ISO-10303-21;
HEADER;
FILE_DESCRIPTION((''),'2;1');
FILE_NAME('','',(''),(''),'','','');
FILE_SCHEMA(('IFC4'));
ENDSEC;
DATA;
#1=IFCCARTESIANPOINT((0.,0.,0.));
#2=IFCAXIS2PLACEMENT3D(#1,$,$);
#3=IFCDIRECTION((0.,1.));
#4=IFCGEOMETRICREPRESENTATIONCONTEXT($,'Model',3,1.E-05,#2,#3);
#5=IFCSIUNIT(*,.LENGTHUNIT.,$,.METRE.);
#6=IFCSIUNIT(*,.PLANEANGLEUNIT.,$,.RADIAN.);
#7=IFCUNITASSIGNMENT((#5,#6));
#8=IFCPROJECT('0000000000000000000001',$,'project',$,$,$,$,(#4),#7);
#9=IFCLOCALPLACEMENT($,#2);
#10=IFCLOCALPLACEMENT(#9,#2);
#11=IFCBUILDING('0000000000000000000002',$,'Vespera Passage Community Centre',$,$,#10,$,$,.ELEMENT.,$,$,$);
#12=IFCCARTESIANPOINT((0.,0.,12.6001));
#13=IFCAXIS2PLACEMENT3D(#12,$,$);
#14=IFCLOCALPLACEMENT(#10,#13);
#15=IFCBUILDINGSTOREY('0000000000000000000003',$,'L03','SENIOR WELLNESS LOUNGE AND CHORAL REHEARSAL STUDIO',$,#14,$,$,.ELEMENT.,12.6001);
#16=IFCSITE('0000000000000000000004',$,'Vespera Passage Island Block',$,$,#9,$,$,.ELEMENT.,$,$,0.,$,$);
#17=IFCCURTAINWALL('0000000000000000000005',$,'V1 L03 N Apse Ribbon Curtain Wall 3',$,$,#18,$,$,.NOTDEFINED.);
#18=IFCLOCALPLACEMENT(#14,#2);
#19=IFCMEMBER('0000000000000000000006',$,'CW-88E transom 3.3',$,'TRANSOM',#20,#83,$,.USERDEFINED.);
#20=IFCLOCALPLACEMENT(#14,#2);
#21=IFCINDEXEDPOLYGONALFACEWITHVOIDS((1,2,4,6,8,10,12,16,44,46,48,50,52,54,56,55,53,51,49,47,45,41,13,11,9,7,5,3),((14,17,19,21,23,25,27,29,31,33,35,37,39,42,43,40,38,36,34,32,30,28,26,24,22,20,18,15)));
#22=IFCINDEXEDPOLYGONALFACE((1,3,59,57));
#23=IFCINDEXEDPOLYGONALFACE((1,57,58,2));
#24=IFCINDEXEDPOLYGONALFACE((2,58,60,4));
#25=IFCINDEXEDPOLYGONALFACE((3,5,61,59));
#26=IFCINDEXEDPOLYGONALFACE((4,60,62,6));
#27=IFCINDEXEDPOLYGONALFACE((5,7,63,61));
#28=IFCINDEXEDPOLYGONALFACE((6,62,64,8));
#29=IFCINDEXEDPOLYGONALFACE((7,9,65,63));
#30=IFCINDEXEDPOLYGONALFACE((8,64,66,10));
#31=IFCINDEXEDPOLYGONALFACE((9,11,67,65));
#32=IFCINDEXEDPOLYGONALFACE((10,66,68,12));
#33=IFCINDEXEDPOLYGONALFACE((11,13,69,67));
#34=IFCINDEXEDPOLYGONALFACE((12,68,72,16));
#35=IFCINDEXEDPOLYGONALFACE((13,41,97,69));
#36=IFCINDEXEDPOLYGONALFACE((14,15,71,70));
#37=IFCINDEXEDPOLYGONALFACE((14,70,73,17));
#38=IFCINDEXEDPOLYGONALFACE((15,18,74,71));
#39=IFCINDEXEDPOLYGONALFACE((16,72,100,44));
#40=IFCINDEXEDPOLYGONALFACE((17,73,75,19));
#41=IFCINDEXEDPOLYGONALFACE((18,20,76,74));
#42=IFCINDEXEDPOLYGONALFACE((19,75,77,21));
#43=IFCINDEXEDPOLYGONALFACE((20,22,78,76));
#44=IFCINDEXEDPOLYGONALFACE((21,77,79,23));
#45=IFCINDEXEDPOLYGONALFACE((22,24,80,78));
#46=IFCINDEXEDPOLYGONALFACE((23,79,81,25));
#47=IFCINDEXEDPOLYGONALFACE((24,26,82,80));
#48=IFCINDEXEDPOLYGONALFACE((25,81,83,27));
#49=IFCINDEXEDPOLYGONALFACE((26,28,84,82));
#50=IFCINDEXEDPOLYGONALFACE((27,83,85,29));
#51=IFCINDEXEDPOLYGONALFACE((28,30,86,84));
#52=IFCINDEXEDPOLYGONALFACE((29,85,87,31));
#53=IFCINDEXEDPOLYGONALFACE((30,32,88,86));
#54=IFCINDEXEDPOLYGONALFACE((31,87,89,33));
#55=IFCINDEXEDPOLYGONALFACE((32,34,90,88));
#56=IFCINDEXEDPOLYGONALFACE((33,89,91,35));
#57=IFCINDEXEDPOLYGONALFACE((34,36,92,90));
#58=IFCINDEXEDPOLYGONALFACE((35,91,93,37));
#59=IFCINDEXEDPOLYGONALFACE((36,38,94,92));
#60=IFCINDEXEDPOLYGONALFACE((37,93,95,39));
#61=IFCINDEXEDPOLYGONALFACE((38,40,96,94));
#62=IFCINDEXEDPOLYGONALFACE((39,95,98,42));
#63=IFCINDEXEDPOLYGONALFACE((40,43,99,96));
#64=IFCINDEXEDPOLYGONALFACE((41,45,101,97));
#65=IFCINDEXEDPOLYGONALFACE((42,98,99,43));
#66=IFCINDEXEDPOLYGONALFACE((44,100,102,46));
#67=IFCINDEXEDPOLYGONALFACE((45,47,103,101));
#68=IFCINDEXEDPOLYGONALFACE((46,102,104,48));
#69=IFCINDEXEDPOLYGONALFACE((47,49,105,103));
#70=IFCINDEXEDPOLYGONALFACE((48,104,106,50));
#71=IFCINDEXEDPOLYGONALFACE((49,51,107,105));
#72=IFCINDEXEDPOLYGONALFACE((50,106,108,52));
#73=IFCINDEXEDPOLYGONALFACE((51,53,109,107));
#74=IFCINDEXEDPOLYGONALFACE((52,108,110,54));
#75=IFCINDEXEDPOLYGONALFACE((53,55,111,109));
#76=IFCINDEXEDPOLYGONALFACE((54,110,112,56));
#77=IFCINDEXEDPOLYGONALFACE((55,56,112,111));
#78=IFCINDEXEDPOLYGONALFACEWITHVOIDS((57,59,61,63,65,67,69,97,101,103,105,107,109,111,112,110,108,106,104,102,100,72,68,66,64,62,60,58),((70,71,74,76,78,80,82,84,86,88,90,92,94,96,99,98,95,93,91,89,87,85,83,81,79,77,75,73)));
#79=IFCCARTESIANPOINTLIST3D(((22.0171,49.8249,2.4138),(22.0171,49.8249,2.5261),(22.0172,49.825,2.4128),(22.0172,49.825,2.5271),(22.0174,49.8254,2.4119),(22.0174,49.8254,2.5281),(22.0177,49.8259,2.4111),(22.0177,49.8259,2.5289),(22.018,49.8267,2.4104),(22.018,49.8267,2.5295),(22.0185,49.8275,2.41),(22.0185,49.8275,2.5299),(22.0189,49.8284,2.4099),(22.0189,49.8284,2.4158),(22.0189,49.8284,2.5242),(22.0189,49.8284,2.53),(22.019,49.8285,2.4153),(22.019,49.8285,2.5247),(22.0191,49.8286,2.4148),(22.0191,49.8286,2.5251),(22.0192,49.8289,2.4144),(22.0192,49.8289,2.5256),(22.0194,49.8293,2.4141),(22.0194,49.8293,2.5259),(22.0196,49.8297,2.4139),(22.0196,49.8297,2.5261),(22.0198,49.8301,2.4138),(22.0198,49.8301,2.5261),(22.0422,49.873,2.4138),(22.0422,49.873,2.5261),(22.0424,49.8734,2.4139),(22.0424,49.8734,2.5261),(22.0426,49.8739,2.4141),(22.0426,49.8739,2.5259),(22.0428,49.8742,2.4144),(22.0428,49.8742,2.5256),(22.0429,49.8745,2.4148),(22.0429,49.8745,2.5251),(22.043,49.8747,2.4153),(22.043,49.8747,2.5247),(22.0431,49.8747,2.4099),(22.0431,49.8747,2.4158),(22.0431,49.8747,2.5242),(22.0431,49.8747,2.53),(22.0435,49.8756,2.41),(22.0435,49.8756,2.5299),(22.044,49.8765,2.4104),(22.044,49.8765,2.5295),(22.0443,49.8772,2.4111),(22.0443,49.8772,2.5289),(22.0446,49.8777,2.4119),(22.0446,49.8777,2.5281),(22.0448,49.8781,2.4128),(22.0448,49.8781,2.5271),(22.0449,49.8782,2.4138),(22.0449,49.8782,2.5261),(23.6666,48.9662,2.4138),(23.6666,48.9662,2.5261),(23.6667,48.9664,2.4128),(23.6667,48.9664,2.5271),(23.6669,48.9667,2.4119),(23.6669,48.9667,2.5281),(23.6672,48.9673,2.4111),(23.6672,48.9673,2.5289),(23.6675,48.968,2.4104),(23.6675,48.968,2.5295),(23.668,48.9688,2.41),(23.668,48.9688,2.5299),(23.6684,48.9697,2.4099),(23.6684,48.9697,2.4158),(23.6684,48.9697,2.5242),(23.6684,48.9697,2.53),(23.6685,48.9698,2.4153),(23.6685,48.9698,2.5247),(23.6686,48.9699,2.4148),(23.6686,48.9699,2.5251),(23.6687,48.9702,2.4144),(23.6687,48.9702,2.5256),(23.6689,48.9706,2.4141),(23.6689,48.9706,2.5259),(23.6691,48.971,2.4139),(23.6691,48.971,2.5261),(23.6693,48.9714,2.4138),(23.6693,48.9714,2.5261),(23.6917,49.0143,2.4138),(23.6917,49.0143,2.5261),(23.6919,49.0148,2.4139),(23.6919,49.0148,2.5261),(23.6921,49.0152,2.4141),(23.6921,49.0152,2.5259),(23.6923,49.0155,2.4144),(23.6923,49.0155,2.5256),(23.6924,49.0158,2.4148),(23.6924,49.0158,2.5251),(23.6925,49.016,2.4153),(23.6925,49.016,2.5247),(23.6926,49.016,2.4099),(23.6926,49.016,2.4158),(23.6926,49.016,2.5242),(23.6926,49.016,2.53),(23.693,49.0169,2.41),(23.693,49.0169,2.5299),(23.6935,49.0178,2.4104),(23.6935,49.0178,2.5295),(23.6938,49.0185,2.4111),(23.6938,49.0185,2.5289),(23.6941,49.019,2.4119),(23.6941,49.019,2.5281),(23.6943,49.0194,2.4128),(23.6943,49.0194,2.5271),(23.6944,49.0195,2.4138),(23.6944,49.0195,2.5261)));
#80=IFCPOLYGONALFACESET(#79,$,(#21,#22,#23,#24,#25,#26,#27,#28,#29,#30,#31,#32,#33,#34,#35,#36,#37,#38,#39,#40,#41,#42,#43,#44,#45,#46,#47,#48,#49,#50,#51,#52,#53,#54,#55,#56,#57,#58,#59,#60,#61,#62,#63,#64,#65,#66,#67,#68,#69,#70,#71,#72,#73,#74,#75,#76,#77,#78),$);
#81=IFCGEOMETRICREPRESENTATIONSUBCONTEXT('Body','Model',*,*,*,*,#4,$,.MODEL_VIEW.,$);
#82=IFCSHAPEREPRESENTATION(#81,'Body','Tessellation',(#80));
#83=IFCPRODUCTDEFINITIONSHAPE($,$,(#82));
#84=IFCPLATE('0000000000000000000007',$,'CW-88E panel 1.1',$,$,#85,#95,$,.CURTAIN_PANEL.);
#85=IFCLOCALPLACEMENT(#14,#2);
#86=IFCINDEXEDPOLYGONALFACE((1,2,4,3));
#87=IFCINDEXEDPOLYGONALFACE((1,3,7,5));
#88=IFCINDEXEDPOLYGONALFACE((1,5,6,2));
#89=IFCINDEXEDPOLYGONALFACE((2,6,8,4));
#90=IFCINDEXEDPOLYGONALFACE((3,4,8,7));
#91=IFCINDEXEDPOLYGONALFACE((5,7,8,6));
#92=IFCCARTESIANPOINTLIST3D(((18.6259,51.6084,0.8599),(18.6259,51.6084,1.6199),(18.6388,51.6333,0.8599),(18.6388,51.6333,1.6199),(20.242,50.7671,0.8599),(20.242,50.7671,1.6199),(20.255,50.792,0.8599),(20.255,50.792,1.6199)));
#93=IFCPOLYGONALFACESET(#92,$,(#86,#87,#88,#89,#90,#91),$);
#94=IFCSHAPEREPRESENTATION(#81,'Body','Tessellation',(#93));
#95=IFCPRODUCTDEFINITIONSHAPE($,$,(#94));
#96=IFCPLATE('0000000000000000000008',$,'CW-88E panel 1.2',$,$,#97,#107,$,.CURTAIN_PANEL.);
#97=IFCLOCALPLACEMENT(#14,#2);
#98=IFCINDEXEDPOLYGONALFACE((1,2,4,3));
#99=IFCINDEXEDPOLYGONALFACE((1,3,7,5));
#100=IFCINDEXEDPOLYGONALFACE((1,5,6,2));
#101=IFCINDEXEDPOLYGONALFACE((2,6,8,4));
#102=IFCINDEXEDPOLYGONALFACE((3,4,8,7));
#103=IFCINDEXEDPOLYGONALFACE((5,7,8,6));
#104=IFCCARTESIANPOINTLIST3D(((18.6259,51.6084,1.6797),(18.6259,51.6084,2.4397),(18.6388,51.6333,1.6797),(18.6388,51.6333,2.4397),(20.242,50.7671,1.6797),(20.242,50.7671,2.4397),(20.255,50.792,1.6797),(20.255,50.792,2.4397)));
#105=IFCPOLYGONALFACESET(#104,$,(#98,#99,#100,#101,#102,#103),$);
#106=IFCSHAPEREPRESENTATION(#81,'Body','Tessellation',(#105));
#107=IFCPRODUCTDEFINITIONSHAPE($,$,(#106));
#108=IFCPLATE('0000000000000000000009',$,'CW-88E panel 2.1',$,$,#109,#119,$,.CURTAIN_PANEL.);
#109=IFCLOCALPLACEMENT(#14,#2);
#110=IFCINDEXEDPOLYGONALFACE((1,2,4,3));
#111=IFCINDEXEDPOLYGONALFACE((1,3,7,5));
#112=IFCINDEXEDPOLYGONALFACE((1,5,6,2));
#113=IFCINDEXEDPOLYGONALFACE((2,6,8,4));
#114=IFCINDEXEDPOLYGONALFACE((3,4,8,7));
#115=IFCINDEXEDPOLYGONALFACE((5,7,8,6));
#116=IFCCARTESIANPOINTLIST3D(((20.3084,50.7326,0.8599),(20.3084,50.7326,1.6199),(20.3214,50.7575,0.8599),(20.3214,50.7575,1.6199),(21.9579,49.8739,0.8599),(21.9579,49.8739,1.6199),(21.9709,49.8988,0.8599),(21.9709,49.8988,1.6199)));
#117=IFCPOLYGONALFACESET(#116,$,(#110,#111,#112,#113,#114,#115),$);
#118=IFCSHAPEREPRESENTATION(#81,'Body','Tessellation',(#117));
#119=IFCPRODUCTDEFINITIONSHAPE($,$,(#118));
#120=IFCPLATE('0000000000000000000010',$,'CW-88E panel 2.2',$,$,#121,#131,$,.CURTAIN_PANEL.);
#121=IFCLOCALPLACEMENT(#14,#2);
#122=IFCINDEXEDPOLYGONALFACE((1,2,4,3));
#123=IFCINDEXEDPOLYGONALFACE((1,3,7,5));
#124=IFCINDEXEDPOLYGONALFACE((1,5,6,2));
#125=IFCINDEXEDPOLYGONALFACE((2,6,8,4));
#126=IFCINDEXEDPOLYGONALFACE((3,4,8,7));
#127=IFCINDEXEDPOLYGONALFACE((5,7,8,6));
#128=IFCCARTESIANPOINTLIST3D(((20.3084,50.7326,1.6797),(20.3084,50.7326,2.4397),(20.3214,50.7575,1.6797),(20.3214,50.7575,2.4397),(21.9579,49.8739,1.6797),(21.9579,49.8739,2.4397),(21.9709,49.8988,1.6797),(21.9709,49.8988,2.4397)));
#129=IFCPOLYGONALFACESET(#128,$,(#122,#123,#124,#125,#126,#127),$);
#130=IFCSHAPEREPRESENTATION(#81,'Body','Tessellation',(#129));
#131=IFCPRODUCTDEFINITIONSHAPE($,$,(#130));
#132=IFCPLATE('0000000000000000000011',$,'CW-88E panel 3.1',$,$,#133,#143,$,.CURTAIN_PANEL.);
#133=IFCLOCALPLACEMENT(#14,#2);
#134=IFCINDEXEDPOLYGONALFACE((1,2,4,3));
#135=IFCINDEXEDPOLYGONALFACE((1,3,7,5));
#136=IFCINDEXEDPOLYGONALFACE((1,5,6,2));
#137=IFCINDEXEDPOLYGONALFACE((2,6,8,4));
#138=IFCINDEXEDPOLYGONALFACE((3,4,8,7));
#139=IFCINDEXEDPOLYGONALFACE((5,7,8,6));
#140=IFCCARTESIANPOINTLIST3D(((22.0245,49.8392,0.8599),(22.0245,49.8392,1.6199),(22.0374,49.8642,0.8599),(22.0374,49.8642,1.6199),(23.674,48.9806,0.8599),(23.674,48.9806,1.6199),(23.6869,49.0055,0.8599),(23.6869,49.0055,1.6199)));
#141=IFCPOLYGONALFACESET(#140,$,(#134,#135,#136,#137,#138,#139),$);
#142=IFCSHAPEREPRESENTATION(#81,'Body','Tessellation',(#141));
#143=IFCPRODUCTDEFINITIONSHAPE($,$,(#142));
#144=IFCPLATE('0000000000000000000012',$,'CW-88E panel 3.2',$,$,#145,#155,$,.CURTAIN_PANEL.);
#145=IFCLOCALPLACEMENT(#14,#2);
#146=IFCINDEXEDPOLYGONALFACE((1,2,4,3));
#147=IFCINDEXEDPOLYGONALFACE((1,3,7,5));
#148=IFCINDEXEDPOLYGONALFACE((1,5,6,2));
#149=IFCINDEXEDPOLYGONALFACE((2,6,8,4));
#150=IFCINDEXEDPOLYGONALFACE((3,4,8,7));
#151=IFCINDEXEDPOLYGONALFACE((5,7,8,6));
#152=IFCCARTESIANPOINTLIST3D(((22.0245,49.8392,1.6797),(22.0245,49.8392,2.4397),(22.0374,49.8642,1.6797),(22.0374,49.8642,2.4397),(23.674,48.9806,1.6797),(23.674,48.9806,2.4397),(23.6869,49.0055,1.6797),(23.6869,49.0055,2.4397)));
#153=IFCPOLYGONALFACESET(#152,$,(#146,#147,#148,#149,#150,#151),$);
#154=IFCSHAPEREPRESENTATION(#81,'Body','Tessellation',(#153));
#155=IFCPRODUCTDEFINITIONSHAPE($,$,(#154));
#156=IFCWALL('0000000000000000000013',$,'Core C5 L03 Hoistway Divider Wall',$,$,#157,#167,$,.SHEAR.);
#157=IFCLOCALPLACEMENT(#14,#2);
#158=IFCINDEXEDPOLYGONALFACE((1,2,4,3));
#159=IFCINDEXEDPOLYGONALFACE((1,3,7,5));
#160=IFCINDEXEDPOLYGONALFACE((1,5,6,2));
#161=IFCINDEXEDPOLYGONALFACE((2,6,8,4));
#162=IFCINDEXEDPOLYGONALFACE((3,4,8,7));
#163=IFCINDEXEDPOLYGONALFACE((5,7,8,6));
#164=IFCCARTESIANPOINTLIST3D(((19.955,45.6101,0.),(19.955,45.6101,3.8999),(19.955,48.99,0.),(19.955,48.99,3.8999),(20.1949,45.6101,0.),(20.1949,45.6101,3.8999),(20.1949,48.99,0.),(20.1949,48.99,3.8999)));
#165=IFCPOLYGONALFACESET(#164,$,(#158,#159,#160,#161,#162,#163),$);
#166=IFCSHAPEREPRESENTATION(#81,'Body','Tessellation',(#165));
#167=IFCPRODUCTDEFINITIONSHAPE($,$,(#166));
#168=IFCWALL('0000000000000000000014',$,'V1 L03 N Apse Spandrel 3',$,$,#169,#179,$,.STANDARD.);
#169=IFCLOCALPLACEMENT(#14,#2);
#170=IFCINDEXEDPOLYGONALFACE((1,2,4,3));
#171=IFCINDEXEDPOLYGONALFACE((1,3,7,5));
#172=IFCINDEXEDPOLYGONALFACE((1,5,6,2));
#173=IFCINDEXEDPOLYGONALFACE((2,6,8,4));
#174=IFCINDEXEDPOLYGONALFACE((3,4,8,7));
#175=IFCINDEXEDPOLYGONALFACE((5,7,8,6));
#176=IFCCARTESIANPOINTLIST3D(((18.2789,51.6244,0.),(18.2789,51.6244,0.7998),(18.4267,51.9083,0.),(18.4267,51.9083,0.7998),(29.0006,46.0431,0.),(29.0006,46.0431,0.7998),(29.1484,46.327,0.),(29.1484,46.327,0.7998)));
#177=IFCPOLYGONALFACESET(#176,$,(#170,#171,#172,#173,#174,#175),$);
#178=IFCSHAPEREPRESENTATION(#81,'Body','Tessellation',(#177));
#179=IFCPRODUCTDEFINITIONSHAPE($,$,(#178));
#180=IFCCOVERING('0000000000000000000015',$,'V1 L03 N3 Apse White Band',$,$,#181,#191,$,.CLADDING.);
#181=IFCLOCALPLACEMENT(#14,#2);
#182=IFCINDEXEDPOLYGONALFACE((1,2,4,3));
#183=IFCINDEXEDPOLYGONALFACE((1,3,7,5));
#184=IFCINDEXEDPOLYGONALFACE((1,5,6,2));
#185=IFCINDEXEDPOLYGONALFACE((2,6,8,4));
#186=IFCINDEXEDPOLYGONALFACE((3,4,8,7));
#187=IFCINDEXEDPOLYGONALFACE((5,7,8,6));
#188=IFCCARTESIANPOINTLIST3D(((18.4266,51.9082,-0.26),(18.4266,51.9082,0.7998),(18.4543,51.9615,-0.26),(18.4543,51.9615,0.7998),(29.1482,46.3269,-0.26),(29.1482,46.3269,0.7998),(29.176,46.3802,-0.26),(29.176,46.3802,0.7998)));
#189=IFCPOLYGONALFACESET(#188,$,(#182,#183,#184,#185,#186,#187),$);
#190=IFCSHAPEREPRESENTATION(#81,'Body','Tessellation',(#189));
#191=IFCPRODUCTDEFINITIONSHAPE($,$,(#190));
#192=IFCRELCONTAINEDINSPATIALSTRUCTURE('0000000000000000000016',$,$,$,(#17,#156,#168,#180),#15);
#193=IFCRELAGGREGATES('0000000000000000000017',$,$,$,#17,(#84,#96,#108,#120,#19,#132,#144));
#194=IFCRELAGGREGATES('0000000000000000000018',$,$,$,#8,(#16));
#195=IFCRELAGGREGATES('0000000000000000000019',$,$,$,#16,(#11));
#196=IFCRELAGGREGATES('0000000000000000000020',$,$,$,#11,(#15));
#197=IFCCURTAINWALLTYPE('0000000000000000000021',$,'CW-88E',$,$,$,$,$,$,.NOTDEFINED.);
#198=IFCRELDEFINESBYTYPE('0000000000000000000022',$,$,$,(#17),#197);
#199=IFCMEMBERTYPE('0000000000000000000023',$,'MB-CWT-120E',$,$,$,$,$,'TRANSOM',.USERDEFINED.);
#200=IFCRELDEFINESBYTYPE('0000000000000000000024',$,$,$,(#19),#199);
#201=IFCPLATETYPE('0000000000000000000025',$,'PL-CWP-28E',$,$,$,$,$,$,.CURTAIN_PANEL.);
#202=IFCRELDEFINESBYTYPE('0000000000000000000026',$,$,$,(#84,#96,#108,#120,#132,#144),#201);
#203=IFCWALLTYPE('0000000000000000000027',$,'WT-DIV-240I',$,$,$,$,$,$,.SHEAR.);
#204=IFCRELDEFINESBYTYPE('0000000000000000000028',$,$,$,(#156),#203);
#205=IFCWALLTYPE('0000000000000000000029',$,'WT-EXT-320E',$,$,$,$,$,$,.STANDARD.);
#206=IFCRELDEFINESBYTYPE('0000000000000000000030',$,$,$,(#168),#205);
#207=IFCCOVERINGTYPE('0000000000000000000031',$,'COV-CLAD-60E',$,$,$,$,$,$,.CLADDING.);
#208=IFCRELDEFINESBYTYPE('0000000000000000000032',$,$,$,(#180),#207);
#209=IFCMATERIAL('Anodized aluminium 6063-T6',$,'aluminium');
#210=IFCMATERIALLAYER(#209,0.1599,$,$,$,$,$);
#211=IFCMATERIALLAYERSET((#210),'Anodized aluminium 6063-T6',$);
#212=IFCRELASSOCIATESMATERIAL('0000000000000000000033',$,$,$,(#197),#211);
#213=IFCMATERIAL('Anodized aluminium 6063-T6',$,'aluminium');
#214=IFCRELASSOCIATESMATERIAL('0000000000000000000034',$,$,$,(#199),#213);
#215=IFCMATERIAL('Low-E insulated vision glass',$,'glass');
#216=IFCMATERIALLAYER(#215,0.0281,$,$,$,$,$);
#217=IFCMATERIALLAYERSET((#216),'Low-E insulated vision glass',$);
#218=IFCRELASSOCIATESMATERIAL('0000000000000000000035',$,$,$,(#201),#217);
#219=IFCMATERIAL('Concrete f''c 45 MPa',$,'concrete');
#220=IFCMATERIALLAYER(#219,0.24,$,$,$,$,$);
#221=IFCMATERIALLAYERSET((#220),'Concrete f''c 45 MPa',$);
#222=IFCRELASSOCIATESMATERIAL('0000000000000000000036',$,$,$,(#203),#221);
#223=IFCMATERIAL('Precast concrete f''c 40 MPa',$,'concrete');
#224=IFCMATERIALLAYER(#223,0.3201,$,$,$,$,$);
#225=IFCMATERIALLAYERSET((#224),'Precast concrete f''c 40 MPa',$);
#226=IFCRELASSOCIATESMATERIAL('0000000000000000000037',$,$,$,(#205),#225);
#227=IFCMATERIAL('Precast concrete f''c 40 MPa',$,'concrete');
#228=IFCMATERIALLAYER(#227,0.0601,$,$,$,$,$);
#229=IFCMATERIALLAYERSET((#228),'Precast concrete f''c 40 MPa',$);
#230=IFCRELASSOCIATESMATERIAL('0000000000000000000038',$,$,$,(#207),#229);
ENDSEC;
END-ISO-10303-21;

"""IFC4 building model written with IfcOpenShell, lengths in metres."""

from ifc_helpers import new_model, si_unit, direction, frame, frame_2d, origin, origin_2d, place, context, subcontext, project, spatial, rectangle, hollow_rectangle, extrude, material, layer, layer_set, material_profile, profile_set, type_object, element, aggregate, save


model = new_model("IFC4")

# Units and contexts
model_context = context("Model", 3, precision=1e-05, world=origin(), true_north=direction((0.0, 1.0)))
body_context = subcontext(model_context, "Body", "Model", "MODEL_VIEW")
ifc_project = project(units=[si_unit("LENGTHUNIT", "METRE"), si_unit("PLANEANGLEUNIT", "RADIAN")], contexts=[model_context])

# Site, building, storey
site_placement = place(None, origin())
site = spatial("IfcSite", under=ifc_project, at=site_placement, Name="Vespera Passage Island Block", CompositionType="ELEMENT", RefElevation=0.0)
building_placement = place(site_placement, origin())
building = spatial("IfcBuilding", under=site, at=building_placement, Name="Vespera Passage Community Centre", CompositionType="ELEMENT")
storey_placement = place(building_placement, frame((0.0, 0.0, 12.6001)))
storey = spatial("IfcBuildingStorey", under=building, at=storey_placement, Name="L03", Description="SENIOR WELLNESS LOUNGE AND CHORAL REHEARSAL STUDIO", CompositionType="ELEMENT", Elevation=12.6001)

# Shared definitions
ifc_material_1 = material(Name="Anodized aluminium 6063-T6", Category="aluminium")
ifc_layer_1 = layer(ifc_material_1, 0.1599)
ifc_layer_set_1 = layer_set([ifc_layer_1], Name="Anodized aluminium 6063-T6")
curtain_wall_type = type_object("IfcCurtainWallType", Name="CW-88E", PredefinedType="NOTDEFINED", material=ifc_layer_set_1)

# Curtain wall, member, plates
curtain_wall_1_placement = place(storey_placement, origin())
curtain_wall_1 = element("IfcCurtainWall", 1, at=curtain_wall_1_placement, inside=storey, type_object=curtain_wall_type, Name="V1 L03 N Apse Ribbon Curtain Wall 3", PredefinedType="NOTDEFINED")
ifc_material_2 = material(Name="Anodized aluminium 6063-T6", Category="aluminium")
ifc_material_profile_1 = material_profile(ifc_material_2, hollow_rectangle(XDim=0.0601, YDim=0.1201, WallThickness=0.0039, InnerFilletRadius=0.002, OuterFilletRadius=0.0039, at=origin_2d()), Name="ALU120X60X4")
ifc_profile_set_1 = profile_set([ifc_material_profile_1], Name="Anodized aluminium 6063-T6")
member_type_1 = type_object("IfcMemberType", Name="MB-CWT-120E", ElementType="TRANSOM", PredefinedType="USERDEFINED", material=ifc_profile_set_1)
member_1_placement = place(storey_placement, frame((22.031, 49.8516, 2.47), z_axis=(0.887008, -0.461754, 0.0), x_axis=(0.461754, 0.887008, 0.0)))
member_1 = element("IfcMember", 2, at=member_1_placement, type_object=member_type_1, Name="CW-88E transom 3.3", ObjectType="TRANSOM", PredefinedType="USERDEFINED", context=body_context, shape_type="SweptSolid", body=[
    extrude(hollow_rectangle(XDim=0.0601, YDim=0.1201, WallThickness=0.0039, InnerFilletRadius=0.002, OuterFilletRadius=0.0039, at=origin_2d()), origin(), (0.0, 0.0, 1.0), 1.8596),
])
ifc_material_3 = material(Name="Low-E insulated vision glass", Category="glass")
ifc_layer_2 = layer(ifc_material_3, 0.0281)
ifc_layer_set_2 = layer_set([ifc_layer_2], Name="Low-E insulated vision glass")
plate_type = type_object("IfcPlateType", Name="PL-CWP-28E", PredefinedType="CURTAIN_PANEL", material=ifc_layer_set_2)
plate_1_placement = place(storey_placement, frame((19.4404, 51.2002, 0.8599), z_axis=(0.0, 0.0, 1.0), x_axis=(0.887013, -0.461745, 0.0)))
plate_1 = element("IfcPlate", 3, at=plate_1_placement, type_object=plate_type, Name="CW-88E panel 1.1", PredefinedType="CURTAIN_PANEL", context=body_context, shape_type="SweptSolid", body=[
    extrude(rectangle(XDim=1.822, YDim=0.0281, at=origin_2d()), origin(), (0.0, 0.0, 1.0), 0.76),
])
plate_2_placement = place(storey_placement, frame((19.4404, 51.2002, 1.6797), z_axis=(0.0, 0.0, 1.0), x_axis=(0.887013, -0.461745, 0.0)))
plate_2 = element("IfcPlate", 4, at=plate_2_placement, type_object=plate_type, Name="CW-88E panel 1.2", PredefinedType="CURTAIN_PANEL", context=body_context, shape_type="SweptSolid", body=[
    extrude(rectangle(XDim=1.822, YDim=0.0281, at=origin_2d()), origin(), (0.0, 0.0, 1.0), 0.76),
])
plate_3_placement = place(storey_placement, frame((21.1396, 50.3157, 0.8599), z_axis=(0.0, 0.0, 1.0), x_axis=(0.887013, -0.461745, 0.0)))
plate_3 = element("IfcPlate", 5, at=plate_3_placement, type_object=plate_type, Name="CW-88E panel 2.1", PredefinedType="CURTAIN_PANEL", context=body_context, shape_type="SweptSolid", body=[
    extrude(rectangle(XDim=1.8596, YDim=0.0281, at=origin_2d()), origin(), (0.0, 0.0, 1.0), 0.76),
])
plate_4_placement = place(storey_placement, frame((21.1396, 50.3157, 1.6797), z_axis=(0.0, 0.0, 1.0), x_axis=(0.887013, -0.461745, 0.0)))
plate_4 = element("IfcPlate", 6, at=plate_4_placement, type_object=plate_type, Name="CW-88E panel 2.2", PredefinedType="CURTAIN_PANEL", context=body_context, shape_type="SweptSolid", body=[
    extrude(rectangle(XDim=1.8596, YDim=0.0281, at=origin_2d()), origin(), (0.0, 0.0, 1.0), 0.76),
])
plate_5_placement = place(storey_placement, frame((22.8557, 49.4224, 0.8599), z_axis=(0.0, 0.0, 1.0), x_axis=(0.887013, -0.461745, 0.0)))
plate_5 = element("IfcPlate", 7, at=plate_5_placement, type_object=plate_type, Name="CW-88E panel 3.1", PredefinedType="CURTAIN_PANEL", context=body_context, shape_type="SweptSolid", body=[
    extrude(rectangle(XDim=1.8596, YDim=0.0281, at=origin_2d()), origin(), (0.0, 0.0, 1.0), 0.76),
])
plate_6_placement = place(storey_placement, frame((22.8557, 49.4224, 1.6797), z_axis=(0.0, 0.0, 1.0), x_axis=(0.887013, -0.461745, 0.0)))
plate_6 = element("IfcPlate", 8, at=plate_6_placement, type_object=plate_type, Name="CW-88E panel 3.2", PredefinedType="CURTAIN_PANEL", context=body_context, shape_type="SweptSolid", body=[
    extrude(rectangle(XDim=1.8596, YDim=0.0281, at=origin_2d()), origin(), (0.0, 0.0, 1.0), 0.76),
])
aggregate(curtain_wall_1, [plate_1, plate_2, plate_3, plate_4, member_1, plate_5, plate_6])

# Walls
ifc_material_4 = material(Name="Concrete f'c 45 MPa", Category="concrete")
ifc_layer_3 = layer(ifc_material_4, 0.24)
ifc_layer_set_3 = layer_set([ifc_layer_3], Name="Concrete f'c 45 MPa")
wall_type_1 = type_object("IfcWallType", Name="WT-DIV-240I", PredefinedType="SHEAR", material=ifc_layer_set_3)
wall_1_placement = place(storey_placement, frame((20.075, 45.6101, 0.0), z_axis=(0.0, 0.0, 1.0), x_axis=(0.0, 1.0, 0.0)))
element("IfcWall", 9, at=wall_1_placement, inside=storey, type_object=wall_type_1, Name="Core C5 L03 Hoistway Divider Wall", PredefinedType="SHEAR", context=body_context, shape_type="SweptSolid", body=[
    extrude(rectangle(XDim=3.3799, YDim=0.24, at=frame_2d((1.6899, 0.0))), origin(), (0.0, 0.0, 1.0), 3.8999),
])
ifc_material_5 = material(Name="Precast concrete f'c 40 MPa", Category="concrete")
ifc_layer_4 = layer(ifc_material_5, 0.3201)
ifc_layer_set_4 = layer_set([ifc_layer_4], Name="Precast concrete f'c 40 MPa")
wall_type_2 = type_object("IfcWallType", Name="WT-EXT-320E", PredefinedType="STANDARD", material=ifc_layer_set_4)
wall_2_placement = place(storey_placement, frame((18.3528, 51.7664, 0.0), z_axis=(0.0, 0.0, 1.0), x_axis=(0.887013, -0.461745, 0.0)))
element("IfcWall", 10, at=wall_2_placement, inside=storey, type_object=wall_type_2, Name="V1 L03 N Apse Spandrel 3", PredefinedType="STANDARD", context=body_context, shape_type="SweptSolid", body=[
    extrude(rectangle(XDim=12.0874, YDim=0.3201, at=frame_2d((6.0437, 0.0))), origin(), (0.0, 0.0, 1.0), 0.7998),
])

# Covering
ifc_material_6 = material(Name="Precast concrete f'c 40 MPa", Category="concrete")
ifc_layer_5 = layer(ifc_material_6, 0.0601)
ifc_layer_set_5 = layer_set([ifc_layer_5], Name="Precast concrete f'c 40 MPa")
covering_type = type_object("IfcCoveringType", Name="COV-CLAD-60E", PredefinedType="CLADDING", material=ifc_layer_set_5)
covering_placement = place(storey_placement, frame((18.4404, 51.9348, -0.26), z_axis=(0.0, 0.0, 1.0), x_axis=(0.887013, -0.461745, 0.0)))
element("IfcCovering", 11, at=covering_placement, inside=storey, type_object=covering_type, Name="V1 L03 N3 Apse White Band", PredefinedType="CLADDING", context=body_context, shape_type="SweptSolid", body=[
    extrude(rectangle(XDim=12.0874, YDim=0.0601, at=frame_2d((6.0437, 0.0))), origin(), (0.0, 0.0, 1.0), 1.0598),
])

save(model, "model.ifc")
